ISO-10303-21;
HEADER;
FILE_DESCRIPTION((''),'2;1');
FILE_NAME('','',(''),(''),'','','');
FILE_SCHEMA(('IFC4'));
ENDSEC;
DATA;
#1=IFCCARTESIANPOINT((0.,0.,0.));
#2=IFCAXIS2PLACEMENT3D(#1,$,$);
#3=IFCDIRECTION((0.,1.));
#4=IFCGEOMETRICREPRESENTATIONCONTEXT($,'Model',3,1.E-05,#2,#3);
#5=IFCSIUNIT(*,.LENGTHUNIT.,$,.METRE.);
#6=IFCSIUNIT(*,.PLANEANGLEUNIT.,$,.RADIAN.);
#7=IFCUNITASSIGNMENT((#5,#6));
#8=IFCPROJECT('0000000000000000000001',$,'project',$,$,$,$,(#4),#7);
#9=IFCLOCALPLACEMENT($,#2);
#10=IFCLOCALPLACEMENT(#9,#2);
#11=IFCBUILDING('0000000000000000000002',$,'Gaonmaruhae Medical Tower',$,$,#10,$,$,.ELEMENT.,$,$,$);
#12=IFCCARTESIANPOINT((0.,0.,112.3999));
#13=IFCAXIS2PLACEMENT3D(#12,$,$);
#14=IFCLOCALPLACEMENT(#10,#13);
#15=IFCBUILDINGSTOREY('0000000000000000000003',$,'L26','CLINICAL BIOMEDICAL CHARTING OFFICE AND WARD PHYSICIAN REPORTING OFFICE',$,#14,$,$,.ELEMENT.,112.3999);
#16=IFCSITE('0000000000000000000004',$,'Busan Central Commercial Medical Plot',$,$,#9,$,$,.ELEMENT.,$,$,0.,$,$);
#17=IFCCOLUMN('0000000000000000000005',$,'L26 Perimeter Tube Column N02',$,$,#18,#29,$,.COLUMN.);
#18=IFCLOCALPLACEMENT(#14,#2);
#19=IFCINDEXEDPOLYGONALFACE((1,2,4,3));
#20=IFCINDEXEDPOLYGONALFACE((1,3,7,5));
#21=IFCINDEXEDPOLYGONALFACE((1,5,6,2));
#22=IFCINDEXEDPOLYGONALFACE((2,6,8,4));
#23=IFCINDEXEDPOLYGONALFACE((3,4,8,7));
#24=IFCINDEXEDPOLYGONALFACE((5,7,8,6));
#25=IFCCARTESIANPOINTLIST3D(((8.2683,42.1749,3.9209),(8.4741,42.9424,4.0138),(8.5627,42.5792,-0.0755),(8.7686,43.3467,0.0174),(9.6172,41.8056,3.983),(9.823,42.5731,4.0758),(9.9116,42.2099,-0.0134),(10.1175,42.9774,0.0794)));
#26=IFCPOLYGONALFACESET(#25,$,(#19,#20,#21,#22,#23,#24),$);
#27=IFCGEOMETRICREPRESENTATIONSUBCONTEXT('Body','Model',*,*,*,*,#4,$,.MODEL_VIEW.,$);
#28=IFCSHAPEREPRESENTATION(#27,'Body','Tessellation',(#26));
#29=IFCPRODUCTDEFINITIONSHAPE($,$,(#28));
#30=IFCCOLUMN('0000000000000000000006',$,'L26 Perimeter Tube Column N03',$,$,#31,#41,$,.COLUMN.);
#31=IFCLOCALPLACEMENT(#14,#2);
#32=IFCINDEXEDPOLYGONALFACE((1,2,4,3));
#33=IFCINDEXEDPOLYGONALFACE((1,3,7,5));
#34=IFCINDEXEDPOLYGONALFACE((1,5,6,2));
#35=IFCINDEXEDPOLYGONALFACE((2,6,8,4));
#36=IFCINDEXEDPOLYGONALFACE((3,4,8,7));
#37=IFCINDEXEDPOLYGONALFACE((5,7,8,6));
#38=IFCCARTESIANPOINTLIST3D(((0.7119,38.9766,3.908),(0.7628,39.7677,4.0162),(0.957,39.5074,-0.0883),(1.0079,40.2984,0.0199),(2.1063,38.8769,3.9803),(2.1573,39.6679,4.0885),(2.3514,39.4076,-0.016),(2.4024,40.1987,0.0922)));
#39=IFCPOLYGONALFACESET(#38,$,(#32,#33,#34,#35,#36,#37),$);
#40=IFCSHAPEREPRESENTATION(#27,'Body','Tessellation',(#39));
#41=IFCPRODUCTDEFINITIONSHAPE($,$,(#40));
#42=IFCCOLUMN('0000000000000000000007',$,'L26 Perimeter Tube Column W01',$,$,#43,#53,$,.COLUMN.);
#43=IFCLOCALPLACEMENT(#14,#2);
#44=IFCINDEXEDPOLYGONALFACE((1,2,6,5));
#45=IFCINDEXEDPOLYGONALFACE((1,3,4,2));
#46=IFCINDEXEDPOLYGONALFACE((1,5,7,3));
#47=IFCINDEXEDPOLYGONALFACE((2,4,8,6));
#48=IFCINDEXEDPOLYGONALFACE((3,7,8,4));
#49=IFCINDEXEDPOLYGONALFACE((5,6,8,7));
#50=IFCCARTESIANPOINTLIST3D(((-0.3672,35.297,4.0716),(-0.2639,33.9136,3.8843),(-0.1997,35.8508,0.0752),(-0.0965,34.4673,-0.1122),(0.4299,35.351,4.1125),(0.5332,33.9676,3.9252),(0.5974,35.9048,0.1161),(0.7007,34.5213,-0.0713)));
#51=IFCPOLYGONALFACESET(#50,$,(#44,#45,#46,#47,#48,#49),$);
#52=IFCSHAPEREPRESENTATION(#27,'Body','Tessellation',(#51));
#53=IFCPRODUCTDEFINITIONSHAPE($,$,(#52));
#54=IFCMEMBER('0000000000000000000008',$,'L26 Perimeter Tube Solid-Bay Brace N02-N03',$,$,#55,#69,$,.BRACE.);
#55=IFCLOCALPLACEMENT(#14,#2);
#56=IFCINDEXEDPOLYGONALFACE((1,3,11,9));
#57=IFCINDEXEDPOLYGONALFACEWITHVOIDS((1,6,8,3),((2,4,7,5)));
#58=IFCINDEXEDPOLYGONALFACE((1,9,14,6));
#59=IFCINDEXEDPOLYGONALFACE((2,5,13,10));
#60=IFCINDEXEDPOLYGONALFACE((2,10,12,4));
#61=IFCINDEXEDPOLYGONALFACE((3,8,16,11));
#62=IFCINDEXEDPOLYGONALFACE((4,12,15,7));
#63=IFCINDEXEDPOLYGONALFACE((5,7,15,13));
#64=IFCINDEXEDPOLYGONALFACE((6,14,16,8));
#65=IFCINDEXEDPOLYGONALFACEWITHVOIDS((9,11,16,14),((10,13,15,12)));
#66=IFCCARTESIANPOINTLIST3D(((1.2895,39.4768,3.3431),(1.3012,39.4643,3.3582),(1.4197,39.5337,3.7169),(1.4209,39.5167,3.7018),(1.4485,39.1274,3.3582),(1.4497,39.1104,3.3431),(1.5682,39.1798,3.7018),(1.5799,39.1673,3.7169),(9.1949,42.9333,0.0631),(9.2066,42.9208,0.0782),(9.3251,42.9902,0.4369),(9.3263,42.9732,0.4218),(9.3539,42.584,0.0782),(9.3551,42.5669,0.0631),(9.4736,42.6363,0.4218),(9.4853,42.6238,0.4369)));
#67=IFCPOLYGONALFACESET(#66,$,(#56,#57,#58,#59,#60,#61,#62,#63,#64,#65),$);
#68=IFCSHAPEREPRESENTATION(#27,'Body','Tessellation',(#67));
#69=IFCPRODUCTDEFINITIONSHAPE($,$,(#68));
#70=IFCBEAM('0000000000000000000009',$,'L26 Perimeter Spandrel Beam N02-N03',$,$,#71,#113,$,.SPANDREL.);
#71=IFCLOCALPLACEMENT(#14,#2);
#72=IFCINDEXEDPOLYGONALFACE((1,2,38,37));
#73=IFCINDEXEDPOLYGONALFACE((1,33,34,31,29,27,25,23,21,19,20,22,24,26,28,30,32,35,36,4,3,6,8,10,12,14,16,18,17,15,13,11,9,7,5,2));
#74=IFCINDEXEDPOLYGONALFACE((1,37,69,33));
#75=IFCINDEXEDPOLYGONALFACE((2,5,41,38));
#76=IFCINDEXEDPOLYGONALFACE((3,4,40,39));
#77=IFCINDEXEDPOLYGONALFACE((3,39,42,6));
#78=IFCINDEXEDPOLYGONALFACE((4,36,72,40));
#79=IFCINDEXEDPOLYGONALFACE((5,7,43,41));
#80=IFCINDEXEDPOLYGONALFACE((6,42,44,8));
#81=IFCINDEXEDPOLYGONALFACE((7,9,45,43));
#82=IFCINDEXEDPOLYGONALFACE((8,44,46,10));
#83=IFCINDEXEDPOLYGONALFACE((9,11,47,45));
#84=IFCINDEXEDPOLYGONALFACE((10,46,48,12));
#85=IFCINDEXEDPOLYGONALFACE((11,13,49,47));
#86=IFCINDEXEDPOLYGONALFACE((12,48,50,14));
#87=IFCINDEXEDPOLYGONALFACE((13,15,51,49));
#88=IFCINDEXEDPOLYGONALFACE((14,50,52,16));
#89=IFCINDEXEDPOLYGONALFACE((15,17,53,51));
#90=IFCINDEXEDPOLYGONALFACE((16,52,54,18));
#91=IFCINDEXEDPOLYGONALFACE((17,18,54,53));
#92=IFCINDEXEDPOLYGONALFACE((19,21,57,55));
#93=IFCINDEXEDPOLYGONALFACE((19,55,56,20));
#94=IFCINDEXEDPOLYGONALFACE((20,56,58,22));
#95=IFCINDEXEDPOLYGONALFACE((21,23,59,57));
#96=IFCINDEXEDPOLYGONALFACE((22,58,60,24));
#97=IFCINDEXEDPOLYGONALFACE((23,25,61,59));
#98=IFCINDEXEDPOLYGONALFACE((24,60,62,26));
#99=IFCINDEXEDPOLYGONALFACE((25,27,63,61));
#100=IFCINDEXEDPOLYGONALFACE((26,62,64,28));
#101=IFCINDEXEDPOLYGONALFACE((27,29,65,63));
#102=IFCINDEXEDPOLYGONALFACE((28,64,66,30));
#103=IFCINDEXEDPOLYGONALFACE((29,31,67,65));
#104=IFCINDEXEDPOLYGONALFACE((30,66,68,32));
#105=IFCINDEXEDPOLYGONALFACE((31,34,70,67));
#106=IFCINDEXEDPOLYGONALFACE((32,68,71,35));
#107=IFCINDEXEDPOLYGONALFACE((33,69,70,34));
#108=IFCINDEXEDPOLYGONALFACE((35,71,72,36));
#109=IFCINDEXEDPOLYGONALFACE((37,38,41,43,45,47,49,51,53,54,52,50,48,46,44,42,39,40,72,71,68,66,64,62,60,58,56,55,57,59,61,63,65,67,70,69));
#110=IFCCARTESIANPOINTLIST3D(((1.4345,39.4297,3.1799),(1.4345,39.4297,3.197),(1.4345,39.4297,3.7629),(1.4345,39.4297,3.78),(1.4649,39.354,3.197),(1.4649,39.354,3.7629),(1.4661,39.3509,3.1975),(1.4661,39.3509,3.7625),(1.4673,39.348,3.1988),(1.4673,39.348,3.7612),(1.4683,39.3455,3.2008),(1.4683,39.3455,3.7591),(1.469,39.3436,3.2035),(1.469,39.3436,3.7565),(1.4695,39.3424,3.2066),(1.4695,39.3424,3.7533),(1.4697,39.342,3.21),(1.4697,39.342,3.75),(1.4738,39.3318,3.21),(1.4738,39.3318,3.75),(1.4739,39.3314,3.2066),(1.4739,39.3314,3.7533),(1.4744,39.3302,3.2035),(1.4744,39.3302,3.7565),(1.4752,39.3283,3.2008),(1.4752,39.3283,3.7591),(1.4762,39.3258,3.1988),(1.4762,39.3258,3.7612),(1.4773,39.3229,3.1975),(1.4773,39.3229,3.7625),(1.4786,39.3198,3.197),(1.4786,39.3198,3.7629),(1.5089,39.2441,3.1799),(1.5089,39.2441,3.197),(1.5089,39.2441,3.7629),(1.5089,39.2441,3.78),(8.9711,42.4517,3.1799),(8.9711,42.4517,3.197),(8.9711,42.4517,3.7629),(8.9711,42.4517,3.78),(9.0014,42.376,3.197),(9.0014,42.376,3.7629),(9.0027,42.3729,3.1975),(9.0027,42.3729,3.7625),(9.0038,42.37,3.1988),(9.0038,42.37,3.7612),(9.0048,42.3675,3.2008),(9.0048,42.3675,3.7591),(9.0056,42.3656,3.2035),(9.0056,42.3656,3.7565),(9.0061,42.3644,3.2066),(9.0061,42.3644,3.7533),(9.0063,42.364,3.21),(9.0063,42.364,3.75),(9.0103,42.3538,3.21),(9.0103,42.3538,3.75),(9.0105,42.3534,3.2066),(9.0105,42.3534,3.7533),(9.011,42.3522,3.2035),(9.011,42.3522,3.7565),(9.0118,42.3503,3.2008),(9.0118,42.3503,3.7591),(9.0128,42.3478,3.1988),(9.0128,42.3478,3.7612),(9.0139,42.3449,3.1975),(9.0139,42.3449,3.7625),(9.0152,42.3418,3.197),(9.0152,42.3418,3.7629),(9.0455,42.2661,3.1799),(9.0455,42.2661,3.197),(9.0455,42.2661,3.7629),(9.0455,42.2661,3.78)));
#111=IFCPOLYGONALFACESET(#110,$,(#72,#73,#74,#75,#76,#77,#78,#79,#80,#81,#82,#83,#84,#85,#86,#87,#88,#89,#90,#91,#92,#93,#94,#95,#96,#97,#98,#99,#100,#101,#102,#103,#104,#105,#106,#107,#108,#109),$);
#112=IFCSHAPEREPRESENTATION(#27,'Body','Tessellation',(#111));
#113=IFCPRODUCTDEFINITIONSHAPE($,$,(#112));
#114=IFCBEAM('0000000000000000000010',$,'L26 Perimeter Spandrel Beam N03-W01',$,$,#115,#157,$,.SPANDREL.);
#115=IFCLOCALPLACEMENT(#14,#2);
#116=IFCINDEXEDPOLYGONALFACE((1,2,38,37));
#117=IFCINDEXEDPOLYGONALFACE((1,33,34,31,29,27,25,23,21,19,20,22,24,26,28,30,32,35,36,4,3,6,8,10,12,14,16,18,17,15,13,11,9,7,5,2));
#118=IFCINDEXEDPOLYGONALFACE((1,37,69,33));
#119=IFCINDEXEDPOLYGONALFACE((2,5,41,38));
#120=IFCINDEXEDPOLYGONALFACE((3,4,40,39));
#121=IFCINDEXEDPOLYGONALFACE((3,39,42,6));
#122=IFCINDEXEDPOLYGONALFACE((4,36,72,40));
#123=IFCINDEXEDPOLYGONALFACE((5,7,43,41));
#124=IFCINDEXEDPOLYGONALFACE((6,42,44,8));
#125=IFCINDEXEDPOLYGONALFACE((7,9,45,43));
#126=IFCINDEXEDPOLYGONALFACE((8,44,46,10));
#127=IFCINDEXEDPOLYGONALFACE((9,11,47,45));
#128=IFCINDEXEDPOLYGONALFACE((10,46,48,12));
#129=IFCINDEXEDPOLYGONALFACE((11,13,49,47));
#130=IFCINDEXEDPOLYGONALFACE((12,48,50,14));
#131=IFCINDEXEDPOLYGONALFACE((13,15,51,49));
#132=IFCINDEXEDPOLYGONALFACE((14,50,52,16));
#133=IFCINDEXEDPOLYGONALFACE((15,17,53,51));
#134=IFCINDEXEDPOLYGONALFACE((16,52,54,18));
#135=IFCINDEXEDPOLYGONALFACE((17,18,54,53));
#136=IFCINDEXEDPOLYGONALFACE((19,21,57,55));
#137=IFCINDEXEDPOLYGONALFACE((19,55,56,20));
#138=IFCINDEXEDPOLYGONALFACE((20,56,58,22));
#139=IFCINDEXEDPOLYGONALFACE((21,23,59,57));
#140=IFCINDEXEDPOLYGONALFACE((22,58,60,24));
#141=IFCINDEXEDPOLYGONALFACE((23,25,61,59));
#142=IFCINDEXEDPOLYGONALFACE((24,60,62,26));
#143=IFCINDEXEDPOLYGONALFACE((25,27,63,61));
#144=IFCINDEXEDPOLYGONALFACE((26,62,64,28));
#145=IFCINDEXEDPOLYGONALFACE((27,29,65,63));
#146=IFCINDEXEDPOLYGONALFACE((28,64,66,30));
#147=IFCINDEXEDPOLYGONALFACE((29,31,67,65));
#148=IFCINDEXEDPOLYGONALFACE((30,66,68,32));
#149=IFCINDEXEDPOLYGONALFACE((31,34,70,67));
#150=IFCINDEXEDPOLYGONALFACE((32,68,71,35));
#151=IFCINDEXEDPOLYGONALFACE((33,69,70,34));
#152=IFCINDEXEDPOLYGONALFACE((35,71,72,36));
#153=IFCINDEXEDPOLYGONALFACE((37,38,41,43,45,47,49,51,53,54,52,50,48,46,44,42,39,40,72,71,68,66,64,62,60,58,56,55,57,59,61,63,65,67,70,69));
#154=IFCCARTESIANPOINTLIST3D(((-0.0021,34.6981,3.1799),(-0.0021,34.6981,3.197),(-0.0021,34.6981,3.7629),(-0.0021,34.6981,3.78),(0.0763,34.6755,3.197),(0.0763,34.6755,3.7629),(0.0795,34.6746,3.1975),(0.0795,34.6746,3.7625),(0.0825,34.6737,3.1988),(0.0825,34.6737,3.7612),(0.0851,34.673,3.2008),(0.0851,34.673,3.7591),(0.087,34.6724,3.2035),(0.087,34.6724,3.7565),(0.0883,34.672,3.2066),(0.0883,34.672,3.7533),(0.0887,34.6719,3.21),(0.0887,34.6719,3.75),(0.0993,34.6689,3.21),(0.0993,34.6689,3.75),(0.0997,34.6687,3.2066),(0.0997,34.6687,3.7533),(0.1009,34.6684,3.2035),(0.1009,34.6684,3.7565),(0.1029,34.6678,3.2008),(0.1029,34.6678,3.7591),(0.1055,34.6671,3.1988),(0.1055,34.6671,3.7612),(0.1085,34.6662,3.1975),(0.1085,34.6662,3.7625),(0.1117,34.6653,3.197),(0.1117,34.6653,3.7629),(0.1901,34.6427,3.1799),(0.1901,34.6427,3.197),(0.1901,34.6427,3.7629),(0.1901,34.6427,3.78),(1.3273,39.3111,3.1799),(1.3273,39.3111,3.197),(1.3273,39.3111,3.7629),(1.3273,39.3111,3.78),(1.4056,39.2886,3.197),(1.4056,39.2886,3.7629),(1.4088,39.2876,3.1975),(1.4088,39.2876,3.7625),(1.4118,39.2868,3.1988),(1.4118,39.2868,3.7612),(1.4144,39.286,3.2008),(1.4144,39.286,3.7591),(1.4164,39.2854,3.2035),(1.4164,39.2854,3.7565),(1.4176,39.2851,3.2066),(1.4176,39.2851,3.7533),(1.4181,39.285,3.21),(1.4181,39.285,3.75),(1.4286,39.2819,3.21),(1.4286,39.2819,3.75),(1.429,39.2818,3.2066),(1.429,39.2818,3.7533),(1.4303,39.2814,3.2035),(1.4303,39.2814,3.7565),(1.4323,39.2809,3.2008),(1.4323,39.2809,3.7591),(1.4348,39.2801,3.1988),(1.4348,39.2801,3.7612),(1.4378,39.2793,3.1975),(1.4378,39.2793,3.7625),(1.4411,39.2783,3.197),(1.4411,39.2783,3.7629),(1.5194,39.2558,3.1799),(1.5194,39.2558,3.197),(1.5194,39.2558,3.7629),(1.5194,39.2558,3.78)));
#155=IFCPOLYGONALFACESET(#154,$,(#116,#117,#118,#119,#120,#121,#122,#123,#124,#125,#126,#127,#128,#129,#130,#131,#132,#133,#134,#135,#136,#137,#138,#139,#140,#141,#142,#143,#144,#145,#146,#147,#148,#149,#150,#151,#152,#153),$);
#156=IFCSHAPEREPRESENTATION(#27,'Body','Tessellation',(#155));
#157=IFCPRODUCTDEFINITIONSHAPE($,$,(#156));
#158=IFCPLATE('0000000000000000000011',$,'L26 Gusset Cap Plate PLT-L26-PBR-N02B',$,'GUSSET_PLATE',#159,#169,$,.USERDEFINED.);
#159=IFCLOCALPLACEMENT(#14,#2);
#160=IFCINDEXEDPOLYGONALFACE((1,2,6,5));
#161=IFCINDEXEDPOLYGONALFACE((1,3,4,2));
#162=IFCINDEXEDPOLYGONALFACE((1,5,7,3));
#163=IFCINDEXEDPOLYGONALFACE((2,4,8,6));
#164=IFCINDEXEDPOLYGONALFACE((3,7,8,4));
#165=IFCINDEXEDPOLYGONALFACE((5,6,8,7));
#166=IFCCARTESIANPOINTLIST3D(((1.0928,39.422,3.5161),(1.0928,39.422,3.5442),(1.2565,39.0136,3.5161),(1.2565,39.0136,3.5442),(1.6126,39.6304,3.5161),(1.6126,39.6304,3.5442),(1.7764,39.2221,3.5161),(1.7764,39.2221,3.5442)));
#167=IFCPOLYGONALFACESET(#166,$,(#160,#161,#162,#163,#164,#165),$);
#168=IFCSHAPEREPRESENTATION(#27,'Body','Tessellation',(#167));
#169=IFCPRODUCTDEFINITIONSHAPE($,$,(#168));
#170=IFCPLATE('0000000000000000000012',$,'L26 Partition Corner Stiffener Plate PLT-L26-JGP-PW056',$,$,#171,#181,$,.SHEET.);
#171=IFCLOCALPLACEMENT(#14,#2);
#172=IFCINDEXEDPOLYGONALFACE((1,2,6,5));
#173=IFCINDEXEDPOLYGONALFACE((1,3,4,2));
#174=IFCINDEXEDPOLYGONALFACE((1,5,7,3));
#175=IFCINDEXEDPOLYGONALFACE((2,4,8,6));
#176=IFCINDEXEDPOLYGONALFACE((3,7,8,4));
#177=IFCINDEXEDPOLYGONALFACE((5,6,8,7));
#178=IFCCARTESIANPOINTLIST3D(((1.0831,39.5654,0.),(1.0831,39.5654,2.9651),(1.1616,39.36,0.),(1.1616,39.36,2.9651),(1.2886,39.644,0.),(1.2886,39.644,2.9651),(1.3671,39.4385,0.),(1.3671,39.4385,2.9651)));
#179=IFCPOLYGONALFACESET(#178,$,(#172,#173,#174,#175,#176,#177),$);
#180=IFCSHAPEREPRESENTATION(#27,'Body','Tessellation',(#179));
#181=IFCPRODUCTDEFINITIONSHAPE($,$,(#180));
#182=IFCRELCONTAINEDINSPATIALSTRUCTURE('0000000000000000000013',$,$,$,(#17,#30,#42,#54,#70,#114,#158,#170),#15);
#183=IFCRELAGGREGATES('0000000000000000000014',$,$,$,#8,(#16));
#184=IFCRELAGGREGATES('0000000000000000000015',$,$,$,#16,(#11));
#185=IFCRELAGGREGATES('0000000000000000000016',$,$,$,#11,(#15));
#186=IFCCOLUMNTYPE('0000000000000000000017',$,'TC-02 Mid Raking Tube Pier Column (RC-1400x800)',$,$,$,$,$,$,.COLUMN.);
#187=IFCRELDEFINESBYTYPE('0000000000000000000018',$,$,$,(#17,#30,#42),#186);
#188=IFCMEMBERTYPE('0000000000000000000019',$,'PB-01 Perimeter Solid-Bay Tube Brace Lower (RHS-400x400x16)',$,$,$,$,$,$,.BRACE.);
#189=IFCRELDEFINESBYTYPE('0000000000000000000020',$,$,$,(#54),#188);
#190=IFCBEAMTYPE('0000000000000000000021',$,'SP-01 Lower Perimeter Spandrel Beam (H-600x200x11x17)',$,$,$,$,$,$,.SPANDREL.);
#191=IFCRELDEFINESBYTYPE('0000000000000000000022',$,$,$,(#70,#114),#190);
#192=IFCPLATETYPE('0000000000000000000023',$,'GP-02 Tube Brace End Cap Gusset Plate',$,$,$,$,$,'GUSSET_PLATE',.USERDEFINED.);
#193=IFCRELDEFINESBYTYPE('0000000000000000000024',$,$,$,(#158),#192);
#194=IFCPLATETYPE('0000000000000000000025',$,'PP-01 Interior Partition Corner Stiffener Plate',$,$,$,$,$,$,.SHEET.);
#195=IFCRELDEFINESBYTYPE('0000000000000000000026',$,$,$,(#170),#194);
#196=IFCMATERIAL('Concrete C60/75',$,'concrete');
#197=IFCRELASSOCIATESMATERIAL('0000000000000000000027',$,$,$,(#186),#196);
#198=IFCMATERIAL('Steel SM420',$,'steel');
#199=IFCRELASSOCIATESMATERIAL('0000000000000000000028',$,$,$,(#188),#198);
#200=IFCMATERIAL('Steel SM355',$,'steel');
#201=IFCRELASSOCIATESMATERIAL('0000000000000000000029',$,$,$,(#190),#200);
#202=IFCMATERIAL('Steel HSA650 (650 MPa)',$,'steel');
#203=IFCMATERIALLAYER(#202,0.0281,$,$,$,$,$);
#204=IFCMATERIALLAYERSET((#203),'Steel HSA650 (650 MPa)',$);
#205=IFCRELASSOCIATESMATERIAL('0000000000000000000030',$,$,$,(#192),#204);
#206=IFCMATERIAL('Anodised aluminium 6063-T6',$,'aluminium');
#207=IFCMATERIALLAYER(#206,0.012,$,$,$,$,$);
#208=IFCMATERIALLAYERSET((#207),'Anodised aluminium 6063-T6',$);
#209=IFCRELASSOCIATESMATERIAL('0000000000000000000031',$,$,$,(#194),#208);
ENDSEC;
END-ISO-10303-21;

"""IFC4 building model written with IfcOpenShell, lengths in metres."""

from ifc_helpers import new_model, si_unit, direction, frame, origin, origin_2d, place, context, subcontext, project, spatial, rectangle, hollow_rectangle, i_section, extrude, material, layer, layer_set, material_profile, profile_set, type_object, element, save


model = new_model("IFC4")

# Units and contexts
model_context = context("Model", 3, precision=1e-05, world=origin(), true_north=direction((0.0, 1.0)))
body_context = subcontext(model_context, "Body", "Model", "MODEL_VIEW")
ifc_project = project(units=[si_unit("LENGTHUNIT", "METRE"), si_unit("PLANEANGLEUNIT", "RADIAN")], contexts=[model_context])

# Site, building, storey
site_placement = place(None, origin())
site = spatial("IfcSite", under=ifc_project, at=site_placement, Name="Busan Central Commercial Medical Plot", CompositionType="ELEMENT", RefElevation=0.0)
building_placement = place(site_placement, origin())
building = spatial("IfcBuilding", under=site, at=building_placement, Name="Gaonmaruhae Medical Tower", CompositionType="ELEMENT")
storey_placement = place(building_placement, frame((0.0, 0.0, 112.3999)))
storey = spatial("IfcBuildingStorey", under=building, at=storey_placement, Name="L26", Description="CLINICAL BIOMEDICAL CHARTING OFFICE AND WARD PHYSICIAN REPORTING OFFICE", CompositionType="ELEMENT", Elevation=112.3999)

# Columns
ifc_material_1 = material(Name="Concrete C60/75", Category="concrete")
ifc_material_profile_1 = material_profile(ifc_material_1, rectangle(XDim=1.3999, YDim=0.8, at=origin_2d()), Name="RC-1400x800")
ifc_profile_set_1 = profile_set([ifc_material_profile_1], Name="Concrete C60/75")
column_type = type_object("IfcColumnType", Name="TC-02 Mid Raking Tube Pier Column (RC-1400x800)", PredefinedType="COLUMN", material=ifc_profile_set_1)
column_1_placement = place(storey_placement, frame((9.3401, 42.7783, 0.002), z_axis=(-0.073106, -0.100384, 0.992259), x_axis=(0.963554, -0.263821, 0.044301)))
element("IfcColumn", 1, at=column_1_placement, inside=storey, type_object=column_type, Name="L26 Perimeter Tube Column N02", PredefinedType="COLUMN", context=body_context, shape_type="SweptSolid", body=[
    extrude(rectangle(XDim=1.3999, YDim=0.8, at=origin_2d()), origin(), (0.0, 0.0, 1.0), 4.0276),
])
column_2_placement = place(storey_placement, frame((1.6797, 39.853, 0.002), z_axis=(-0.060689, -0.131413, 0.989468), x_axis=(0.996123, -0.071226, 0.051638)))
element("IfcColumn", 2, at=column_2_placement, inside=storey, type_object=column_type, Name="L26 Perimeter Tube Column N03", PredefinedType="COLUMN", context=body_context, shape_type="SweptSolid", body=[
    extrude(rectangle(XDim=1.3999, YDim=0.8, at=origin_2d()), origin(), (0.0, 0.0, 1.0), 4.0388),
])
column_3_placement = place(storey_placement, frame((0.2505, 35.186, 0.002), z_axis=(-0.041476, -0.137125, 0.989685), x_axis=(-0.073783, 0.988253, 0.133835)))
element("IfcColumn", 3, at=column_3_placement, inside=storey, type_object=column_type, Name="L26 Perimeter Tube Column W01", PredefinedType="COLUMN", context=body_context, shape_type="SweptSolid", body=[
    extrude(rectangle(XDim=1.3999, YDim=0.8, at=origin_2d()), origin(), (0.0, 0.0, 1.0), 4.0381),
])

# Member
ifc_material_2 = material(Name="Steel SM420", Category="steel")
ifc_material_profile_2 = material_profile(ifc_material_2, hollow_rectangle(XDim=0.3999, YDim=0.3999, WallThickness=0.0161, at=origin_2d()), Name="RHS-400x400x16")
ifc_profile_set_2 = profile_set([ifc_material_profile_2], Name="Steel SM420")
member_type = type_object("IfcMemberType", Name="PB-01 Perimeter Solid-Bay Tube Brace Lower (RHS-400x400x16)", PredefinedType="BRACE", material=ifc_profile_set_2)
member_placement = place(storey_placement, frame((9.3401, 42.7786, 0.25), z_axis=(-0.856449, -0.374467, 0.355344), x_axis=(0.400612, -0.916248, 0.0)))
element("IfcMember", 4, at=member_placement, inside=storey, type_object=member_type, Name="L26 Perimeter Tube Solid-Bay Brace N02-N03", PredefinedType="BRACE", context=body_context, shape_type="SweptSolid", body=[
    extrude(hollow_rectangle(XDim=0.3999, YDim=0.3999, WallThickness=0.0161, at=origin_2d()), origin(), (0.0, 0.0, 1.0), 9.2305),
])

# Beams
ifc_material_3 = material(Name="Steel SM355", Category="steel")
ifc_material_profile_3 = material_profile(ifc_material_3, i_section(OverallWidth=0.2, OverallDepth=0.6001, WebThickness=0.011, FlangeThickness=0.0171, FilletRadius=0.0129, at=origin_2d()), Name="H-600x200x11x17")
ifc_profile_set_3 = profile_set([ifc_material_profile_3], Name="Steel SM355")
beam_type = type_object("IfcBeamType", Name="SP-01 Lower Perimeter Spandrel Beam (H-600x200x11x17)", PredefinedType="SPANDREL", material=ifc_profile_set_3)
beam_1_placement = place(storey_placement, frame((9.0083, 42.3589, 3.48), z_axis=(-0.928165, -0.372168, 0.0), x_axis=(0.372168, -0.928165, 0.0)))
element("IfcBeam", 5, at=beam_1_placement, inside=storey, type_object=beam_type, Name="L26 Perimeter Spandrel Beam N02-N03", PredefinedType="SPANDREL", context=body_context, shape_type="SweptSolid", body=[
    extrude(i_section(OverallWidth=0.2, OverallDepth=0.6001, WebThickness=0.011, FlangeThickness=0.0171, FilletRadius=0.0129, at=origin_2d()), origin(), (0.0, 0.0, 1.0), 8.1199),
])
beam_2_placement = place(storey_placement, frame((1.4233, 39.2834, 3.48), z_axis=(-0.276903, -0.960898, 0.0), x_axis=(0.960898, -0.276903, 0.0)))
element("IfcBeam", 6, at=beam_2_placement, inside=storey, type_object=beam_type, Name="L26 Perimeter Spandrel Beam N03-W01", PredefinedType="SPANDREL", context=body_context, shape_type="SweptSolid", body=[
    extrude(i_section(OverallWidth=0.2, OverallDepth=0.6001, WebThickness=0.011, FlangeThickness=0.0171, FilletRadius=0.0129, at=origin_2d()), origin(), (0.0, 0.0, 1.0), 4.8008),
])

# Plates
ifc_material_4 = material(Name="Steel HSA650 (650 MPa)", Category="steel")
ifc_layer_1 = layer(ifc_material_4, 0.0281)
ifc_layer_set_1 = layer_set([ifc_layer_1], Name="Steel HSA650 (650 MPa)")
plate_type_1 = type_object("IfcPlateType", Name="GP-02 Tube Brace End Cap Gusset Plate", ElementType="GUSSET_PLATE", PredefinedType="USERDEFINED", material=ifc_layer_set_1)
plate_1_placement = place(storey_placement, frame((1.4346, 39.322, 3.5161), z_axis=(0.0, 0.0, 1.0), x_axis=(0.928161, 0.372178, 0.0)))
element("IfcPlate", 7, at=plate_1_placement, inside=storey, type_object=plate_type_1, Name="L26 Gusset Cap Plate PLT-L26-PBR-N02B", ObjectType="GUSSET_PLATE", PredefinedType="USERDEFINED", context=body_context, shape_type="SweptSolid", body=[
    extrude(rectangle(XDim=0.5601, YDim=0.4399, at=origin_2d()), origin(), (0.0, 0.0, 1.0), 0.0281),
])
ifc_material_5 = material(Name="Anodised aluminium 6063-T6", Category="aluminium")
ifc_layer_2 = layer(ifc_material_5, 0.012)
ifc_layer_set_2 = layer_set([ifc_layer_2], Name="Anodised aluminium 6063-T6")
plate_type_2 = type_object("IfcPlateType", Name="PP-01 Interior Partition Corner Stiffener Plate", PredefinedType="SHEET", material=ifc_layer_set_2)
plate_2_placement = place(storey_placement, frame((1.2251, 39.502, 0.0), z_axis=(0.0, 0.0, 1.0), x_axis=(-0.356983, 0.934111, 0.0)))
element("IfcPlate", 8, at=plate_2_placement, inside=storey, type_object=plate_type_2, Name="L26 Partition Corner Stiffener Plate PLT-L26-JGP-PW056", PredefinedType="SHEET", context=body_context, shape_type="SweptSolid", body=[
    extrude(rectangle(XDim=0.22, YDim=0.22, at=origin_2d()), origin(), (0.0, 0.0, 1.0), 2.9651),
])

save(model, "model.ifc")
